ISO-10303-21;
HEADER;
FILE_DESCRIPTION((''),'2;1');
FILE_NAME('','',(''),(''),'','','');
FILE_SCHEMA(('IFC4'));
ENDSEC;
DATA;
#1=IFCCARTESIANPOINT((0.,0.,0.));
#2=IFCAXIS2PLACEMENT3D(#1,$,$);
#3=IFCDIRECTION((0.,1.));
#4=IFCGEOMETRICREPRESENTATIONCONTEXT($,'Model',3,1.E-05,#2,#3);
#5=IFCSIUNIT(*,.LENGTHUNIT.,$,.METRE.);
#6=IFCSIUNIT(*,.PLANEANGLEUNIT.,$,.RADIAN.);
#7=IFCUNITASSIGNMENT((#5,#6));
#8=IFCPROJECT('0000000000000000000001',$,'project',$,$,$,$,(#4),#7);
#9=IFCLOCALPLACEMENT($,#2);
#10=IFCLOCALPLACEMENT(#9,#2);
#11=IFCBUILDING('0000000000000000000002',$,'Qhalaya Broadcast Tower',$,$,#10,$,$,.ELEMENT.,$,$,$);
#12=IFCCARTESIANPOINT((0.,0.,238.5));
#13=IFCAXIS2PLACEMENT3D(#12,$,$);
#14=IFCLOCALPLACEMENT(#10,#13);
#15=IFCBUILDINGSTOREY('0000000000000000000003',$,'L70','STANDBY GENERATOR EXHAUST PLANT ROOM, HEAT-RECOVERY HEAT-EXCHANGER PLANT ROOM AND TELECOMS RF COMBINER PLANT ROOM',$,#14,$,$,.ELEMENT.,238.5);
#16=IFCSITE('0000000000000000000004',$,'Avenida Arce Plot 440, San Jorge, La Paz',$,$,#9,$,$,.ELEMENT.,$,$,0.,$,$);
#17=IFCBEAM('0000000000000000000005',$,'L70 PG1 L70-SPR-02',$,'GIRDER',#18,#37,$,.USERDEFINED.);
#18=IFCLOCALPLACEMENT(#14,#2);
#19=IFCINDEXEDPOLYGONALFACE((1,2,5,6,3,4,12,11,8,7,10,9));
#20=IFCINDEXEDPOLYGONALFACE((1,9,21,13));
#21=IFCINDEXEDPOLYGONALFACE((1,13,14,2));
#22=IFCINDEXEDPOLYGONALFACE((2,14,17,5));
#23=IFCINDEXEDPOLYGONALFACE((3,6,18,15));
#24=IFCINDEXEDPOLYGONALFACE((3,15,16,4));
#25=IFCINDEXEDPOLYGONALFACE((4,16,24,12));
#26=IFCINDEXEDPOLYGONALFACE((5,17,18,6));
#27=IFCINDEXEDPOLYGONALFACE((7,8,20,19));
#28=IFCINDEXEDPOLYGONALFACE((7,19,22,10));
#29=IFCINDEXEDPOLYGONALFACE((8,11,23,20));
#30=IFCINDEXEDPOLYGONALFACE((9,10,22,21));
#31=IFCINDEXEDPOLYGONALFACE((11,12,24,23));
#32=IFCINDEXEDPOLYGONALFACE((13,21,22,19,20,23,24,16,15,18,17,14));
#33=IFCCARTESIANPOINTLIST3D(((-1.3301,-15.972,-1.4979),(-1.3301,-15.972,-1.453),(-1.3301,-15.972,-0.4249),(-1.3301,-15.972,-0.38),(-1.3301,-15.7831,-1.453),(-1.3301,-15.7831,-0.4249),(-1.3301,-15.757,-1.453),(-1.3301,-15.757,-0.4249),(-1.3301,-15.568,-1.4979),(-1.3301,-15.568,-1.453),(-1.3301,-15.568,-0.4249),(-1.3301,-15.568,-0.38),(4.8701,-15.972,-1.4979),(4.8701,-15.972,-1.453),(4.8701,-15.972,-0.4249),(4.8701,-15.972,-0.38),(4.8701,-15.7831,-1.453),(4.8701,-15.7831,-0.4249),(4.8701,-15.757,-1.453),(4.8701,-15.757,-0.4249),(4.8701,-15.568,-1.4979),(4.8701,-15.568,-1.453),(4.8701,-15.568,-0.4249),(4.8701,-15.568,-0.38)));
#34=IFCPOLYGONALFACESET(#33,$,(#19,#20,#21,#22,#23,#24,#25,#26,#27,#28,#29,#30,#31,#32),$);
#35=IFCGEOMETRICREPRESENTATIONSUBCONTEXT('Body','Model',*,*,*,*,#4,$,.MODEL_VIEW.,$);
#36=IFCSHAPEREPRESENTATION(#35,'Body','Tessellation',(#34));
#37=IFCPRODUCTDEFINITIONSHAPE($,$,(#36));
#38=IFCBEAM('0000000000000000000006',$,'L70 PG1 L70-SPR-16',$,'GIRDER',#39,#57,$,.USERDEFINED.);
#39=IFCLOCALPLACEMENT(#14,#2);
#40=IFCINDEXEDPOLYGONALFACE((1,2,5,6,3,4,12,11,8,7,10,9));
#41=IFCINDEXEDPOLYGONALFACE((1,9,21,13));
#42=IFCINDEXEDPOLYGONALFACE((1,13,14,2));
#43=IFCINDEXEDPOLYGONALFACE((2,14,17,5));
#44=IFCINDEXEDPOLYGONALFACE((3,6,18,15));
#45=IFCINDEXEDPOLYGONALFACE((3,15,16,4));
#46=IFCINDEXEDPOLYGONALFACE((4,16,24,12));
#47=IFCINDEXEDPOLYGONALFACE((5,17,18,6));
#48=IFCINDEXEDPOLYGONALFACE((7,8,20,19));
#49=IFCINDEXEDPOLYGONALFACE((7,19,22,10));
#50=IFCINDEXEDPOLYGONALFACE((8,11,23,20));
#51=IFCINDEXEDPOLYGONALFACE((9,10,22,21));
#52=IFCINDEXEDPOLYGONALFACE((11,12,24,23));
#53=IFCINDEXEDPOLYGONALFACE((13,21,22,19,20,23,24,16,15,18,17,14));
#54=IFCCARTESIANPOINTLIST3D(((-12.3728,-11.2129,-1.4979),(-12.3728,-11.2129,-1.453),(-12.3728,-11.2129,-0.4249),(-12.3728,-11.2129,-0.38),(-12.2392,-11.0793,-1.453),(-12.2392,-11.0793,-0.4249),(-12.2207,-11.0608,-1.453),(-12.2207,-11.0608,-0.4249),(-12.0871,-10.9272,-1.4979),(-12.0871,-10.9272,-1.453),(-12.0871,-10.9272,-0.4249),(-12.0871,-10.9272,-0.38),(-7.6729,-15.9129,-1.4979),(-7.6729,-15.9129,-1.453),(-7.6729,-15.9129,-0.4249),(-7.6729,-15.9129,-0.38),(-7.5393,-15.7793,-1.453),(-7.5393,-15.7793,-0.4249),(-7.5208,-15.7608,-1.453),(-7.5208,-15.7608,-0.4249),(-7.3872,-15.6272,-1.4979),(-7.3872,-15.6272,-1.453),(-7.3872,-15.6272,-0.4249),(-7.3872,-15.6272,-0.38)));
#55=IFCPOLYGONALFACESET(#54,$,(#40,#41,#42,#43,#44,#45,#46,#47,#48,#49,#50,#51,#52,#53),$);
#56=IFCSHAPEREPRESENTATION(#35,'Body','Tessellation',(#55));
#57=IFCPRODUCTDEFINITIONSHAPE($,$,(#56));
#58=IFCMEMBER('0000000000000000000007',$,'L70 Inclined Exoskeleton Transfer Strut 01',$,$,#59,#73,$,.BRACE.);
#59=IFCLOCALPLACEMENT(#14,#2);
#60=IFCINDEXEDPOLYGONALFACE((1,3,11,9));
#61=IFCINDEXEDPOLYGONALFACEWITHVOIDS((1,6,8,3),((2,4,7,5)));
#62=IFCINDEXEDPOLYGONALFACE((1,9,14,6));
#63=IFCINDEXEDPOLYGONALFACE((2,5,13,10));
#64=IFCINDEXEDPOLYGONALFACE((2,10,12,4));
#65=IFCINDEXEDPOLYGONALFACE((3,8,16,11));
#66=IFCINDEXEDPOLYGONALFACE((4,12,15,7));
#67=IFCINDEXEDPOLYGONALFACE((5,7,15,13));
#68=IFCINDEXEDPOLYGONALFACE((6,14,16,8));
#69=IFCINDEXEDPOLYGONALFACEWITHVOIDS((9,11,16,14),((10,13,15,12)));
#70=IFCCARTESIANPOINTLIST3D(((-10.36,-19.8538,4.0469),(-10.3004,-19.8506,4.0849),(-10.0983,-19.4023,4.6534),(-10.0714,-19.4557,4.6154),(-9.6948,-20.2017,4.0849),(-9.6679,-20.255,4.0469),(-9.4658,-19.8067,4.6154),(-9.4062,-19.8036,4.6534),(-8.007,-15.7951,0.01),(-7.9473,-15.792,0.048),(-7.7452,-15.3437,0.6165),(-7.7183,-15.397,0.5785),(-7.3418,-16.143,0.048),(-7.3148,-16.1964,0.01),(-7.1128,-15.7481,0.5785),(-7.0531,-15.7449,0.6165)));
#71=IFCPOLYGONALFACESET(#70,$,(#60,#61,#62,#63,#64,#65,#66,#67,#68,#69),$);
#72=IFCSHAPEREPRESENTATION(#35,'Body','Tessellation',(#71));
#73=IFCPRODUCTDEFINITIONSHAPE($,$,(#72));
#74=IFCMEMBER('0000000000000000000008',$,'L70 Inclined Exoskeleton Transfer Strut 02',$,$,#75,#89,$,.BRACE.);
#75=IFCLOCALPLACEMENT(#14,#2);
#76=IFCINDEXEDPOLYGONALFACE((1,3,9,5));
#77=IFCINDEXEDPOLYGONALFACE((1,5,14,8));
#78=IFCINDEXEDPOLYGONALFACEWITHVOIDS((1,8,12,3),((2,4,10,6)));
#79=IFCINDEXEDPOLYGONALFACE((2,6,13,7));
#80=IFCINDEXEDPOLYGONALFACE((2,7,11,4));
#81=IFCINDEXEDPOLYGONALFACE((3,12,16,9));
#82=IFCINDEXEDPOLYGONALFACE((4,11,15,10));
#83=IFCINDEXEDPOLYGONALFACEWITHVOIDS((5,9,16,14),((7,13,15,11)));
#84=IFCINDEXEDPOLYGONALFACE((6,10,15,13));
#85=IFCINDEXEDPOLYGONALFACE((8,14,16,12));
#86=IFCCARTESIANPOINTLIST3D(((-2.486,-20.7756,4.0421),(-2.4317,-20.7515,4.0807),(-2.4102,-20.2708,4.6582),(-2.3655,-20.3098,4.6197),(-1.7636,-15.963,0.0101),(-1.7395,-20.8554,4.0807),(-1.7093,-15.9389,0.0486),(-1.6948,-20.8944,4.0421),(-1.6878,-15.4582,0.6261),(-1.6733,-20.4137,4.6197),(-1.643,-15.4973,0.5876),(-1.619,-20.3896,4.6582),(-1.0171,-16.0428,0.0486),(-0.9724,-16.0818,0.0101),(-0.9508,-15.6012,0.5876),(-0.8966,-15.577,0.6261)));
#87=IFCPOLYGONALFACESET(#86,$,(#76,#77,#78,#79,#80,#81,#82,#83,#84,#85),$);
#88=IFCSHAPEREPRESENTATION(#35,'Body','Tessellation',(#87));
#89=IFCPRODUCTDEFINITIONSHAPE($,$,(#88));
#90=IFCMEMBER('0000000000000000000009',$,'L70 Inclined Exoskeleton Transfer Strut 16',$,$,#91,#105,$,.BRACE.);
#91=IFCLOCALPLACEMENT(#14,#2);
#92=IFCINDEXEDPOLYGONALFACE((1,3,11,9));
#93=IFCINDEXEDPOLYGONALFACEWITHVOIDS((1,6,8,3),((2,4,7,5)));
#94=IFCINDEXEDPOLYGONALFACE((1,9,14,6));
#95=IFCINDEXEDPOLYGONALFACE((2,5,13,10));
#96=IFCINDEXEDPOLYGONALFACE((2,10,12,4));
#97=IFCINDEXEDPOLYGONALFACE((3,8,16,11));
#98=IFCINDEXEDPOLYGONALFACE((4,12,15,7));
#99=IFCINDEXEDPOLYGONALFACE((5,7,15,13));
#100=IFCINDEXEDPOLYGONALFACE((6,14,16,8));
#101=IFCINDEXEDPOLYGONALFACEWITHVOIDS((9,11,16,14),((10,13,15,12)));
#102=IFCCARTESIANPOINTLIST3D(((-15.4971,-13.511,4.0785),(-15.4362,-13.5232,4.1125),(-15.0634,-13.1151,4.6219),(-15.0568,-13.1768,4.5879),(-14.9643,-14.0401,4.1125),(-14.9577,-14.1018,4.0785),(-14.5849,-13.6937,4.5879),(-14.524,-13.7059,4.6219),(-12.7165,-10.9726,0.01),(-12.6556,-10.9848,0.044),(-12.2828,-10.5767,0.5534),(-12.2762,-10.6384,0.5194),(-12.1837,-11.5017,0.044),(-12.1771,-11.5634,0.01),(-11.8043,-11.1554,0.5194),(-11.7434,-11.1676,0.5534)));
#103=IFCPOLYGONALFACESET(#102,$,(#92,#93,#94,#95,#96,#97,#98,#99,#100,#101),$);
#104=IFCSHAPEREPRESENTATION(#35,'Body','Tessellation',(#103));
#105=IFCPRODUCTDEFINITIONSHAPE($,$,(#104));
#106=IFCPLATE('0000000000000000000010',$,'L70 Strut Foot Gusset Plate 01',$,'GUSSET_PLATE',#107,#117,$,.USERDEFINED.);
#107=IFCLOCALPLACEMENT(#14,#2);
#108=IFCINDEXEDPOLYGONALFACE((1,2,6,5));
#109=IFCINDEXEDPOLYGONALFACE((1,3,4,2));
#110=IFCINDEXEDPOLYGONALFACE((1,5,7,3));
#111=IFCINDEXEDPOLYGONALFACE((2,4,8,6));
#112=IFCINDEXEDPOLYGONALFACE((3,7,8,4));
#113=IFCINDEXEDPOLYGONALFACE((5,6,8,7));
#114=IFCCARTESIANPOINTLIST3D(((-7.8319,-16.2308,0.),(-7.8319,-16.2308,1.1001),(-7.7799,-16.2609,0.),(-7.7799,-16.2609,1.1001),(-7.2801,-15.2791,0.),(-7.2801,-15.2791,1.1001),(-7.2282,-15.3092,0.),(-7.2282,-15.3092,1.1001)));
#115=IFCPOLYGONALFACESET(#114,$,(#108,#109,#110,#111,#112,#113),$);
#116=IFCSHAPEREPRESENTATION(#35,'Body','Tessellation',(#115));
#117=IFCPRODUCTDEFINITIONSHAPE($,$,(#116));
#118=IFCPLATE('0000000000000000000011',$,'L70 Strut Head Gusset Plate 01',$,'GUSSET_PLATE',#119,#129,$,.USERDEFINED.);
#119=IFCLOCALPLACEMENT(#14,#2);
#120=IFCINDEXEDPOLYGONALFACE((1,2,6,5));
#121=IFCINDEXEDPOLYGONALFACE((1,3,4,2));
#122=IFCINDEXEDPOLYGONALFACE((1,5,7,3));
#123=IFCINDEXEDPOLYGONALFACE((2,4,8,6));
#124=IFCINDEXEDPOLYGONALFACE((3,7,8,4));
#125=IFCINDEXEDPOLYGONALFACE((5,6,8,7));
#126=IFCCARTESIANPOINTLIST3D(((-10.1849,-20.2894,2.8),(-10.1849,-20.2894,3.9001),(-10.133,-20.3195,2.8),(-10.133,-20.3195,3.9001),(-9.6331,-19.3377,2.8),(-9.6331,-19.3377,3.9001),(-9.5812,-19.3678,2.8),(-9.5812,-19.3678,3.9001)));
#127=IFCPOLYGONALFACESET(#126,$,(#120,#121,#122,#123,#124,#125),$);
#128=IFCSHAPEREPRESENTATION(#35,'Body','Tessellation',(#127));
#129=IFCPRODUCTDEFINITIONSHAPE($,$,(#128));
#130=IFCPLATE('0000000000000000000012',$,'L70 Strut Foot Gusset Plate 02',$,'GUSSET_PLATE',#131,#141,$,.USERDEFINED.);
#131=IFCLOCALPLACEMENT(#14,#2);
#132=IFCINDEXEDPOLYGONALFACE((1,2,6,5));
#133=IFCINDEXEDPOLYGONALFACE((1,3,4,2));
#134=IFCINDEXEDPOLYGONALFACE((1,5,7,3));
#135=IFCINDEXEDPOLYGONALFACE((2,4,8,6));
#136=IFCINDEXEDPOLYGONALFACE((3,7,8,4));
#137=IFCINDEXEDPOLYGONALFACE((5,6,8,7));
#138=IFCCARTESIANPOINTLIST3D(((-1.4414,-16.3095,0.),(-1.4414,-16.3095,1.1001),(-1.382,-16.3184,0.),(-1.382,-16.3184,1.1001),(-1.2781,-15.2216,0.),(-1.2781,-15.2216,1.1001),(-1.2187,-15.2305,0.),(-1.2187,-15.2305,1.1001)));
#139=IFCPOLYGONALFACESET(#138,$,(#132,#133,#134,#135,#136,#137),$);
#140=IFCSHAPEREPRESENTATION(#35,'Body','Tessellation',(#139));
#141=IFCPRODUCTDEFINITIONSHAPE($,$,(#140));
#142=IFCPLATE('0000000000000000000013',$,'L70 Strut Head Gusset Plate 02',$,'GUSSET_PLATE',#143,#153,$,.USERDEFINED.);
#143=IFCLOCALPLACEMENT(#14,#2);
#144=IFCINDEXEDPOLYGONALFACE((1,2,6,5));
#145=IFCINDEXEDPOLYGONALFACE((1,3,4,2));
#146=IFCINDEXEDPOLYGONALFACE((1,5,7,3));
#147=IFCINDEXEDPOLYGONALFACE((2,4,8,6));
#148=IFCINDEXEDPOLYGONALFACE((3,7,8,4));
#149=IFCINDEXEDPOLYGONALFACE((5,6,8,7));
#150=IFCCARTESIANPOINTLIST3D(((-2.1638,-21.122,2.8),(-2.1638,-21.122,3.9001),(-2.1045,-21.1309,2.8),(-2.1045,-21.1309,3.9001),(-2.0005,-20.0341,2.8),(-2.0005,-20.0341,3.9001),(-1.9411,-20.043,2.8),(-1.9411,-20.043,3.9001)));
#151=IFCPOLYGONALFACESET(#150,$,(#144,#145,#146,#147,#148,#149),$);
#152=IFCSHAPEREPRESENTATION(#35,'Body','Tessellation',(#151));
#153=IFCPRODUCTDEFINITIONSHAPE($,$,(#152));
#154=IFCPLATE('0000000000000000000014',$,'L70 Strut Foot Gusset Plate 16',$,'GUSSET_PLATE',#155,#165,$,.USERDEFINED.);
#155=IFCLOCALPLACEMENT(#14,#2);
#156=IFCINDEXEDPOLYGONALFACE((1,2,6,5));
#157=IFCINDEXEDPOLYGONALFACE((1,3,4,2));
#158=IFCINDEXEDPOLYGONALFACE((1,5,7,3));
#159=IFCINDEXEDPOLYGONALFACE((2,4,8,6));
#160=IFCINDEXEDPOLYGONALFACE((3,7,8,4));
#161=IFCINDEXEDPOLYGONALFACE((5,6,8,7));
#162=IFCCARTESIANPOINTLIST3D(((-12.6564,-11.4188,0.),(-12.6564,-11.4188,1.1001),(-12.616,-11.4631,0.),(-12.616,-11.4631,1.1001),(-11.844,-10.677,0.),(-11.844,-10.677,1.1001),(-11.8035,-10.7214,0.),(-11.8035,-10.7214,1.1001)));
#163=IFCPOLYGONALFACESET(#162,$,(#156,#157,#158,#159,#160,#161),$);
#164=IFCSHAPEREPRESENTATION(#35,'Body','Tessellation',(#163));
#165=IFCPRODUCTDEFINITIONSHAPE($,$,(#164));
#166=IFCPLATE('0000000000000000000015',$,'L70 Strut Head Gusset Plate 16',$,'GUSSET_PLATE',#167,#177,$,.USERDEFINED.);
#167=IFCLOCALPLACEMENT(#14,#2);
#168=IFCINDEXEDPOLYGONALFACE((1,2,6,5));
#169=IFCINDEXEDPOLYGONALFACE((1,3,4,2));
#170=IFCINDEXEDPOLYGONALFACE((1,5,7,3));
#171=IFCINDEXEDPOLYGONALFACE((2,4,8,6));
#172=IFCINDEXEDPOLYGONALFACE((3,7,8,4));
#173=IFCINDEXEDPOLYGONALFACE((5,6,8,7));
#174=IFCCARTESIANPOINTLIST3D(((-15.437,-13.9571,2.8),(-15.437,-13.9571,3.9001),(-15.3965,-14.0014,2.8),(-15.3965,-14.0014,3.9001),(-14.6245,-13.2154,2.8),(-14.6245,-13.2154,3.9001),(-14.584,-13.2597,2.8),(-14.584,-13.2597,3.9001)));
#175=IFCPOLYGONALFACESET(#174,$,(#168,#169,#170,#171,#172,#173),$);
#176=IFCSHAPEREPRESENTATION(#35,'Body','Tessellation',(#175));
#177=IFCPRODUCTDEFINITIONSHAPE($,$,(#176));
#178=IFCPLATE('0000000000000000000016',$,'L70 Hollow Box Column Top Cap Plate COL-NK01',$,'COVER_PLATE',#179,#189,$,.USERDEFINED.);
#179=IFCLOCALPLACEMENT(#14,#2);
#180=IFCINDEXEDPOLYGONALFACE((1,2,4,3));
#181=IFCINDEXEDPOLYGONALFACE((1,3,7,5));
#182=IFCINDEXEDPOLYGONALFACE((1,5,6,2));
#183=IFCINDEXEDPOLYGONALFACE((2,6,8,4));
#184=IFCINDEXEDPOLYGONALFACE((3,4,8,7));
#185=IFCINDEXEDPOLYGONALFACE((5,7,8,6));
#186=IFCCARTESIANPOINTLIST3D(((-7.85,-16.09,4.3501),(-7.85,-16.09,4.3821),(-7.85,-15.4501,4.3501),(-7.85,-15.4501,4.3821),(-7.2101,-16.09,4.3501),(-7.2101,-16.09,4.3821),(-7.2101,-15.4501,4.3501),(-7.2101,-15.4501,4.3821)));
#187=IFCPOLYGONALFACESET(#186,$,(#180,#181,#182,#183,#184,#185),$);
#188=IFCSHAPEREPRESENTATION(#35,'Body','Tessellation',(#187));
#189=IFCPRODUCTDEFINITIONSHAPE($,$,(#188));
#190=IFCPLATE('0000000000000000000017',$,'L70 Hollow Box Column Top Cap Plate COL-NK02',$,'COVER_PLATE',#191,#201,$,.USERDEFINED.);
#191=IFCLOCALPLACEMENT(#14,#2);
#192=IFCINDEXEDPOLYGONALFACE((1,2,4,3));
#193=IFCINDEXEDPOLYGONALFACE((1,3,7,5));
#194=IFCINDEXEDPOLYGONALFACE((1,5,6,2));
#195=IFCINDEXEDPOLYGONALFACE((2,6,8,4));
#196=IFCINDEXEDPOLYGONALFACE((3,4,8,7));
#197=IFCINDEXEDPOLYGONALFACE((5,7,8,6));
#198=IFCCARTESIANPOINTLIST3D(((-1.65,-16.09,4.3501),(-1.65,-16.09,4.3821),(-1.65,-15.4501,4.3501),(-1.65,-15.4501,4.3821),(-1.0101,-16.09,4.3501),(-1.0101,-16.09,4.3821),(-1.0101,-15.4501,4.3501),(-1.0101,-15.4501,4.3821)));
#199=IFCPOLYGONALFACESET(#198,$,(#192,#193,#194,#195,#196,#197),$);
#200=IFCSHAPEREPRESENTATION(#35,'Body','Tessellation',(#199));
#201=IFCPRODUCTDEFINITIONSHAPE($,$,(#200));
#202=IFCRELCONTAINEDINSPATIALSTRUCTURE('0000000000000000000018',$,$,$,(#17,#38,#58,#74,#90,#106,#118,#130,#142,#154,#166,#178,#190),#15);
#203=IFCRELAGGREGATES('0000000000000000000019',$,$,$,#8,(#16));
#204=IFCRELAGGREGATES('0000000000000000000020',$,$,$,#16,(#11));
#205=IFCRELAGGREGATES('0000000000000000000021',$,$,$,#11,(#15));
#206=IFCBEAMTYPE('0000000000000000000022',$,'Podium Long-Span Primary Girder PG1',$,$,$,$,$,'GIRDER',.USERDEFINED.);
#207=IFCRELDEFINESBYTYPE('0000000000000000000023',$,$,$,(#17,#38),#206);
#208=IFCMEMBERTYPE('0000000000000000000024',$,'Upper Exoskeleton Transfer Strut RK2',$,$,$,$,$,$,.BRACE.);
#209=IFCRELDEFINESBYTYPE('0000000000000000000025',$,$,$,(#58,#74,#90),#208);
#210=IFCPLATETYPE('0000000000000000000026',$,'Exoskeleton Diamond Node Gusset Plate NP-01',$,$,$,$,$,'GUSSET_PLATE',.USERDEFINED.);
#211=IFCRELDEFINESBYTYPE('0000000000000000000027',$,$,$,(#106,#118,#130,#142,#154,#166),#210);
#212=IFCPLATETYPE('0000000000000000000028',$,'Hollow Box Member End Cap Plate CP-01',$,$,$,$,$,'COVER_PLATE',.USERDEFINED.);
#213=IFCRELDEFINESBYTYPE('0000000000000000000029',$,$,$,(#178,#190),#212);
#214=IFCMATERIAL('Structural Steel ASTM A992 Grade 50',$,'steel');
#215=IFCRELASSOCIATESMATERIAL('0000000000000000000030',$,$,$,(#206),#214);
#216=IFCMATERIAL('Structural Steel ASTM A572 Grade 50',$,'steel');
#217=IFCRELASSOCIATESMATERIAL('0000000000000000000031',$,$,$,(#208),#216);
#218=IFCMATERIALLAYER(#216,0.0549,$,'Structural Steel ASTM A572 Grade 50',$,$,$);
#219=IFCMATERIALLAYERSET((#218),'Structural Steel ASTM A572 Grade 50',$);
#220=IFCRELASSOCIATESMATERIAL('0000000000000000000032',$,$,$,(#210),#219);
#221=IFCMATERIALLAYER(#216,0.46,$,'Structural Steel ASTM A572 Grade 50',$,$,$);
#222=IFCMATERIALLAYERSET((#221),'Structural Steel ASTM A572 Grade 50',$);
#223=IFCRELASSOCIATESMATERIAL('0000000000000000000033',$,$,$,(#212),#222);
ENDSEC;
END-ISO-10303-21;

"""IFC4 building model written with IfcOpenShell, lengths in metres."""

from ifc_helpers import new_model, si_unit, direction, frame, origin, origin_2d, place, context, subcontext, project, spatial, rectangle, hollow_rectangle, i_section, extrude, material, layer, layer_set, material_profile, profile_set, type_object, element, save


model = new_model("IFC4")

# Units and contexts
model_context = context("Model", 3, precision=1e-05, world=origin(), true_north=direction((0.0, 1.0)))
body_context = subcontext(model_context, "Body", "Model", "MODEL_VIEW")
ifc_project = project(units=[si_unit("LENGTHUNIT", "METRE"), si_unit("PLANEANGLEUNIT", "RADIAN")], contexts=[model_context])

# Site, building, storey
site_placement = place(None, origin())
site = spatial("IfcSite", under=ifc_project, at=site_placement, Name="Avenida Arce Plot 440, San Jorge, La Paz", CompositionType="ELEMENT", RefElevation=0.0)
building_placement = place(site_placement, origin())
building = spatial("IfcBuilding", under=site, at=building_placement, Name="Qhalaya Broadcast Tower", CompositionType="ELEMENT")
storey_placement = place(building_placement, frame((0.0, 0.0, 238.5)))
storey = spatial("IfcBuildingStorey", under=building, at=storey_placement, Name="L70", Description="STANDBY GENERATOR EXHAUST PLANT ROOM, HEAT-RECOVERY HEAT-EXCHANGER PLANT ROOM AND TELECOMS RF COMBINER PLANT ROOM", CompositionType="ELEMENT", Elevation=238.5)

# Shared definitions
ifc_material_1 = material(Name="Structural Steel ASTM A572 Grade 50", Category="steel")

# Beams
ifc_material_2 = material(Name="Structural Steel ASTM A992 Grade 50", Category="steel")
ifc_material_profile_1 = material_profile(ifc_material_2, i_section(OverallWidth=0.4041, OverallDepth=1.1179, WebThickness=0.0261, FlangeThickness=0.0449, at=origin_2d()), Name="W44X335")
ifc_profile_set_1 = profile_set([ifc_material_profile_1], Name="Structural Steel ASTM A992 Grade 50")
beam_type_1 = type_object("IfcBeamType", Name="Podium Long-Span Primary Girder PG1", ElementType="GIRDER", PredefinedType="USERDEFINED", material=ifc_profile_set_1)
beam_1_placement = place(storey_placement, frame((-1.3301, -15.77, -0.939), z_axis=(1.0, 0.0, 0.0), x_axis=(0.0, 1.0, 0.0)))
element("IfcBeam", 1, at=beam_1_placement, inside=storey, type_object=beam_type_1, Name="L70 PG1 L70-SPR-02", ObjectType="GIRDER", PredefinedType="USERDEFINED", context=body_context, shape_type="SweptSolid", body=[
    extrude(i_section(OverallWidth=0.4041, OverallDepth=1.1179, WebThickness=0.0261, FlangeThickness=0.0449, at=origin_2d()), origin(), (0.0, 0.0, 1.0), 6.2002),
])
beam_2_placement = place(storey_placement, frame((-12.23, -11.0701, -0.939), z_axis=(0.707107, -0.707107, 0.0), x_axis=(0.707107, 0.707107, 0.0)))
element("IfcBeam", 2, at=beam_2_placement, inside=storey, type_object=beam_type_1, Name="L70 PG1 L70-SPR-16", ObjectType="GIRDER", PredefinedType="USERDEFINED", context=body_context, shape_type="SweptSolid", body=[
    extrude(i_section(OverallWidth=0.4041, OverallDepth=1.1179, WebThickness=0.0261, FlangeThickness=0.0449, at=origin_2d()), origin(), (0.0, 0.0, 1.0), 6.6467),
])

# Members
ifc_material_profile_2 = material_profile(ifc_material_1, hollow_rectangle(XDim=0.8, YDim=0.8, WallThickness=0.05, at=origin_2d()), Name="BOX 800x800x50")
ifc_profile_set_2 = profile_set([ifc_material_profile_2], Name="Structural Steel ASTM A572 Grade 50")
member_type = type_object("IfcMemberType", Name="Upper Exoskeleton Transfer Strut RK2", PredefinedType="BRACE", material=ifc_profile_set_2)
member_1_placement = place(storey_placement, frame((-7.53, -15.77, 0.3132), z_axis=(-0.380188, -0.655763, 0.652252), x_axis=(0.86512, -0.501565, 0.0)))
element("IfcMember", 3, at=member_1_placement, inside=storey, type_object=member_type, Name="L70 Inclined Exoskeleton Transfer Strut 01", PredefinedType="BRACE", context=body_context, shape_type="SweptSolid", body=[
    extrude(hollow_rectangle(XDim=0.8, YDim=0.8, WallThickness=0.05, at=origin_2d()), origin(), (0.0, 0.0, 1.0), 6.1892),
])
member_2_placement = place(storey_placement, frame((-1.3301, -15.77, 0.3181), z_axis=(-0.114311, -0.761505, 0.638), x_axis=(0.98892, -0.148448, 0.0)))
element("IfcMember", 4, at=member_2_placement, inside=storey, type_object=member_type, Name="L70 Inclined Exoskeleton Transfer Strut 02", PredefinedType="BRACE", context=body_context, shape_type="SweptSolid", body=[
    extrude(hollow_rectangle(XDim=0.8, YDim=0.8, WallThickness=0.05, at=origin_2d()), origin(), (0.0, 0.0, 1.0), 6.3198),
])
member_3_placement = place(storey_placement, frame((-12.23, -11.0701, 0.2817), z_axis=(-0.501618, -0.457926, 0.73395), x_axis=(0.674211, -0.738539, 0.0)))
element("IfcMember", 5, at=member_3_placement, inside=storey, type_object=member_type, Name="L70 Inclined Exoskeleton Transfer Strut 16", PredefinedType="BRACE", context=body_context, shape_type="SweptSolid", body=[
    extrude(hollow_rectangle(XDim=0.8, YDim=0.8, WallThickness=0.05, at=origin_2d()), origin(), (0.0, 0.0, 1.0), 5.5432),
])

# Plates
ifc_layer_1 = layer(ifc_material_1, 0.0549, Name="Structural Steel ASTM A572 Grade 50")
ifc_layer_set_1 = layer_set([ifc_layer_1], Name="Structural Steel ASTM A572 Grade 50")
plate_type_1 = type_object("IfcPlateType", Name="Exoskeleton Diamond Node Gusset Plate NP-01", ElementType="GUSSET_PLATE", PredefinedType="USERDEFINED", material=ifc_layer_set_1)
for number, where, z_axis, x_axis, name in (
    (6, (-7.53, -15.77, 0.0), (0.0, 0.0, 1.0), (-0.501571, -0.865116, 0.0), "L70 Strut Foot Gusset Plate 01"),
    (7, (-9.8831, -19.8286, 2.8), (0.0, 0.0, 1.0), (-0.501571, -0.865116, 0.0), "L70 Strut Head Gusset Plate 01"),
    (8, (-1.3301, -15.77, 0.0), (0.0, 0.0, 1.0), (-0.148465, -0.988918, 0.0), "L70 Strut Foot Gusset Plate 02"),
    (9, (-2.0525, -20.5825, 2.8), (0.0, 0.0, 1.0), (-0.148465, -0.988918, 0.0), "L70 Strut Head Gusset Plate 02"),
    (10, (-12.23, -11.0701, 0.0), (0.0, 0.0, 1.0), (-0.738514, -0.674238, 0.0), "L70 Strut Foot Gusset Plate 16"),
    (11, (-15.0105, -13.6084, 2.8), (0.0, 0.0, 1.0), (-0.738514, -0.674238, 0.0), "L70 Strut Head Gusset Plate 16"),
):
    element("IfcPlate", number, at=place(storey_placement, frame(where, z_axis=z_axis, x_axis=x_axis)), inside=storey, type_object=plate_type_1, Name=name, ObjectType="GUSSET_PLATE", PredefinedType="USERDEFINED", context=body_context, shape_type="SweptSolid", body=[
        extrude(rectangle(XDim=1.1001, YDim=0.0601, at=origin_2d()), origin(), (0.0, 0.0, 1.0), 1.1001),
    ])
ifc_layer_2 = layer(ifc_material_1, 0.46, Name="Structural Steel ASTM A572 Grade 50")
ifc_layer_set_2 = layer_set([ifc_layer_2], Name="Structural Steel ASTM A572 Grade 50")
plate_type_2 = type_object("IfcPlateType", Name="Hollow Box Member End Cap Plate CP-01", ElementType="COVER_PLATE", PredefinedType="USERDEFINED", material=ifc_layer_set_2)
for number, where, z_axis, x_axis, name in (
    (12, (-7.53, -15.77, 4.3501), (0.0, 0.0, 1.0), (1.0, 0.0, 0.0), "L70 Hollow Box Column Top Cap Plate COL-NK01"),
    (13, (-1.3301, -15.77, 4.3501), (0.0, 0.0, 1.0), (1.0, 0.0, 0.0), "L70 Hollow Box Column Top Cap Plate COL-NK02"),
):
    element("IfcPlate", number, at=place(storey_placement, frame(where, z_axis=z_axis, x_axis=x_axis)), inside=storey, type_object=plate_type_2, Name=name, ObjectType="COVER_PLATE", PredefinedType="USERDEFINED", context=body_context, shape_type="SweptSolid", body=[
        extrude(rectangle(XDim=0.6399, YDim=0.6399, at=origin_2d()), origin(), (0.0, 0.0, 1.0), 0.032),
    ])

save(model, "model.ifc")
